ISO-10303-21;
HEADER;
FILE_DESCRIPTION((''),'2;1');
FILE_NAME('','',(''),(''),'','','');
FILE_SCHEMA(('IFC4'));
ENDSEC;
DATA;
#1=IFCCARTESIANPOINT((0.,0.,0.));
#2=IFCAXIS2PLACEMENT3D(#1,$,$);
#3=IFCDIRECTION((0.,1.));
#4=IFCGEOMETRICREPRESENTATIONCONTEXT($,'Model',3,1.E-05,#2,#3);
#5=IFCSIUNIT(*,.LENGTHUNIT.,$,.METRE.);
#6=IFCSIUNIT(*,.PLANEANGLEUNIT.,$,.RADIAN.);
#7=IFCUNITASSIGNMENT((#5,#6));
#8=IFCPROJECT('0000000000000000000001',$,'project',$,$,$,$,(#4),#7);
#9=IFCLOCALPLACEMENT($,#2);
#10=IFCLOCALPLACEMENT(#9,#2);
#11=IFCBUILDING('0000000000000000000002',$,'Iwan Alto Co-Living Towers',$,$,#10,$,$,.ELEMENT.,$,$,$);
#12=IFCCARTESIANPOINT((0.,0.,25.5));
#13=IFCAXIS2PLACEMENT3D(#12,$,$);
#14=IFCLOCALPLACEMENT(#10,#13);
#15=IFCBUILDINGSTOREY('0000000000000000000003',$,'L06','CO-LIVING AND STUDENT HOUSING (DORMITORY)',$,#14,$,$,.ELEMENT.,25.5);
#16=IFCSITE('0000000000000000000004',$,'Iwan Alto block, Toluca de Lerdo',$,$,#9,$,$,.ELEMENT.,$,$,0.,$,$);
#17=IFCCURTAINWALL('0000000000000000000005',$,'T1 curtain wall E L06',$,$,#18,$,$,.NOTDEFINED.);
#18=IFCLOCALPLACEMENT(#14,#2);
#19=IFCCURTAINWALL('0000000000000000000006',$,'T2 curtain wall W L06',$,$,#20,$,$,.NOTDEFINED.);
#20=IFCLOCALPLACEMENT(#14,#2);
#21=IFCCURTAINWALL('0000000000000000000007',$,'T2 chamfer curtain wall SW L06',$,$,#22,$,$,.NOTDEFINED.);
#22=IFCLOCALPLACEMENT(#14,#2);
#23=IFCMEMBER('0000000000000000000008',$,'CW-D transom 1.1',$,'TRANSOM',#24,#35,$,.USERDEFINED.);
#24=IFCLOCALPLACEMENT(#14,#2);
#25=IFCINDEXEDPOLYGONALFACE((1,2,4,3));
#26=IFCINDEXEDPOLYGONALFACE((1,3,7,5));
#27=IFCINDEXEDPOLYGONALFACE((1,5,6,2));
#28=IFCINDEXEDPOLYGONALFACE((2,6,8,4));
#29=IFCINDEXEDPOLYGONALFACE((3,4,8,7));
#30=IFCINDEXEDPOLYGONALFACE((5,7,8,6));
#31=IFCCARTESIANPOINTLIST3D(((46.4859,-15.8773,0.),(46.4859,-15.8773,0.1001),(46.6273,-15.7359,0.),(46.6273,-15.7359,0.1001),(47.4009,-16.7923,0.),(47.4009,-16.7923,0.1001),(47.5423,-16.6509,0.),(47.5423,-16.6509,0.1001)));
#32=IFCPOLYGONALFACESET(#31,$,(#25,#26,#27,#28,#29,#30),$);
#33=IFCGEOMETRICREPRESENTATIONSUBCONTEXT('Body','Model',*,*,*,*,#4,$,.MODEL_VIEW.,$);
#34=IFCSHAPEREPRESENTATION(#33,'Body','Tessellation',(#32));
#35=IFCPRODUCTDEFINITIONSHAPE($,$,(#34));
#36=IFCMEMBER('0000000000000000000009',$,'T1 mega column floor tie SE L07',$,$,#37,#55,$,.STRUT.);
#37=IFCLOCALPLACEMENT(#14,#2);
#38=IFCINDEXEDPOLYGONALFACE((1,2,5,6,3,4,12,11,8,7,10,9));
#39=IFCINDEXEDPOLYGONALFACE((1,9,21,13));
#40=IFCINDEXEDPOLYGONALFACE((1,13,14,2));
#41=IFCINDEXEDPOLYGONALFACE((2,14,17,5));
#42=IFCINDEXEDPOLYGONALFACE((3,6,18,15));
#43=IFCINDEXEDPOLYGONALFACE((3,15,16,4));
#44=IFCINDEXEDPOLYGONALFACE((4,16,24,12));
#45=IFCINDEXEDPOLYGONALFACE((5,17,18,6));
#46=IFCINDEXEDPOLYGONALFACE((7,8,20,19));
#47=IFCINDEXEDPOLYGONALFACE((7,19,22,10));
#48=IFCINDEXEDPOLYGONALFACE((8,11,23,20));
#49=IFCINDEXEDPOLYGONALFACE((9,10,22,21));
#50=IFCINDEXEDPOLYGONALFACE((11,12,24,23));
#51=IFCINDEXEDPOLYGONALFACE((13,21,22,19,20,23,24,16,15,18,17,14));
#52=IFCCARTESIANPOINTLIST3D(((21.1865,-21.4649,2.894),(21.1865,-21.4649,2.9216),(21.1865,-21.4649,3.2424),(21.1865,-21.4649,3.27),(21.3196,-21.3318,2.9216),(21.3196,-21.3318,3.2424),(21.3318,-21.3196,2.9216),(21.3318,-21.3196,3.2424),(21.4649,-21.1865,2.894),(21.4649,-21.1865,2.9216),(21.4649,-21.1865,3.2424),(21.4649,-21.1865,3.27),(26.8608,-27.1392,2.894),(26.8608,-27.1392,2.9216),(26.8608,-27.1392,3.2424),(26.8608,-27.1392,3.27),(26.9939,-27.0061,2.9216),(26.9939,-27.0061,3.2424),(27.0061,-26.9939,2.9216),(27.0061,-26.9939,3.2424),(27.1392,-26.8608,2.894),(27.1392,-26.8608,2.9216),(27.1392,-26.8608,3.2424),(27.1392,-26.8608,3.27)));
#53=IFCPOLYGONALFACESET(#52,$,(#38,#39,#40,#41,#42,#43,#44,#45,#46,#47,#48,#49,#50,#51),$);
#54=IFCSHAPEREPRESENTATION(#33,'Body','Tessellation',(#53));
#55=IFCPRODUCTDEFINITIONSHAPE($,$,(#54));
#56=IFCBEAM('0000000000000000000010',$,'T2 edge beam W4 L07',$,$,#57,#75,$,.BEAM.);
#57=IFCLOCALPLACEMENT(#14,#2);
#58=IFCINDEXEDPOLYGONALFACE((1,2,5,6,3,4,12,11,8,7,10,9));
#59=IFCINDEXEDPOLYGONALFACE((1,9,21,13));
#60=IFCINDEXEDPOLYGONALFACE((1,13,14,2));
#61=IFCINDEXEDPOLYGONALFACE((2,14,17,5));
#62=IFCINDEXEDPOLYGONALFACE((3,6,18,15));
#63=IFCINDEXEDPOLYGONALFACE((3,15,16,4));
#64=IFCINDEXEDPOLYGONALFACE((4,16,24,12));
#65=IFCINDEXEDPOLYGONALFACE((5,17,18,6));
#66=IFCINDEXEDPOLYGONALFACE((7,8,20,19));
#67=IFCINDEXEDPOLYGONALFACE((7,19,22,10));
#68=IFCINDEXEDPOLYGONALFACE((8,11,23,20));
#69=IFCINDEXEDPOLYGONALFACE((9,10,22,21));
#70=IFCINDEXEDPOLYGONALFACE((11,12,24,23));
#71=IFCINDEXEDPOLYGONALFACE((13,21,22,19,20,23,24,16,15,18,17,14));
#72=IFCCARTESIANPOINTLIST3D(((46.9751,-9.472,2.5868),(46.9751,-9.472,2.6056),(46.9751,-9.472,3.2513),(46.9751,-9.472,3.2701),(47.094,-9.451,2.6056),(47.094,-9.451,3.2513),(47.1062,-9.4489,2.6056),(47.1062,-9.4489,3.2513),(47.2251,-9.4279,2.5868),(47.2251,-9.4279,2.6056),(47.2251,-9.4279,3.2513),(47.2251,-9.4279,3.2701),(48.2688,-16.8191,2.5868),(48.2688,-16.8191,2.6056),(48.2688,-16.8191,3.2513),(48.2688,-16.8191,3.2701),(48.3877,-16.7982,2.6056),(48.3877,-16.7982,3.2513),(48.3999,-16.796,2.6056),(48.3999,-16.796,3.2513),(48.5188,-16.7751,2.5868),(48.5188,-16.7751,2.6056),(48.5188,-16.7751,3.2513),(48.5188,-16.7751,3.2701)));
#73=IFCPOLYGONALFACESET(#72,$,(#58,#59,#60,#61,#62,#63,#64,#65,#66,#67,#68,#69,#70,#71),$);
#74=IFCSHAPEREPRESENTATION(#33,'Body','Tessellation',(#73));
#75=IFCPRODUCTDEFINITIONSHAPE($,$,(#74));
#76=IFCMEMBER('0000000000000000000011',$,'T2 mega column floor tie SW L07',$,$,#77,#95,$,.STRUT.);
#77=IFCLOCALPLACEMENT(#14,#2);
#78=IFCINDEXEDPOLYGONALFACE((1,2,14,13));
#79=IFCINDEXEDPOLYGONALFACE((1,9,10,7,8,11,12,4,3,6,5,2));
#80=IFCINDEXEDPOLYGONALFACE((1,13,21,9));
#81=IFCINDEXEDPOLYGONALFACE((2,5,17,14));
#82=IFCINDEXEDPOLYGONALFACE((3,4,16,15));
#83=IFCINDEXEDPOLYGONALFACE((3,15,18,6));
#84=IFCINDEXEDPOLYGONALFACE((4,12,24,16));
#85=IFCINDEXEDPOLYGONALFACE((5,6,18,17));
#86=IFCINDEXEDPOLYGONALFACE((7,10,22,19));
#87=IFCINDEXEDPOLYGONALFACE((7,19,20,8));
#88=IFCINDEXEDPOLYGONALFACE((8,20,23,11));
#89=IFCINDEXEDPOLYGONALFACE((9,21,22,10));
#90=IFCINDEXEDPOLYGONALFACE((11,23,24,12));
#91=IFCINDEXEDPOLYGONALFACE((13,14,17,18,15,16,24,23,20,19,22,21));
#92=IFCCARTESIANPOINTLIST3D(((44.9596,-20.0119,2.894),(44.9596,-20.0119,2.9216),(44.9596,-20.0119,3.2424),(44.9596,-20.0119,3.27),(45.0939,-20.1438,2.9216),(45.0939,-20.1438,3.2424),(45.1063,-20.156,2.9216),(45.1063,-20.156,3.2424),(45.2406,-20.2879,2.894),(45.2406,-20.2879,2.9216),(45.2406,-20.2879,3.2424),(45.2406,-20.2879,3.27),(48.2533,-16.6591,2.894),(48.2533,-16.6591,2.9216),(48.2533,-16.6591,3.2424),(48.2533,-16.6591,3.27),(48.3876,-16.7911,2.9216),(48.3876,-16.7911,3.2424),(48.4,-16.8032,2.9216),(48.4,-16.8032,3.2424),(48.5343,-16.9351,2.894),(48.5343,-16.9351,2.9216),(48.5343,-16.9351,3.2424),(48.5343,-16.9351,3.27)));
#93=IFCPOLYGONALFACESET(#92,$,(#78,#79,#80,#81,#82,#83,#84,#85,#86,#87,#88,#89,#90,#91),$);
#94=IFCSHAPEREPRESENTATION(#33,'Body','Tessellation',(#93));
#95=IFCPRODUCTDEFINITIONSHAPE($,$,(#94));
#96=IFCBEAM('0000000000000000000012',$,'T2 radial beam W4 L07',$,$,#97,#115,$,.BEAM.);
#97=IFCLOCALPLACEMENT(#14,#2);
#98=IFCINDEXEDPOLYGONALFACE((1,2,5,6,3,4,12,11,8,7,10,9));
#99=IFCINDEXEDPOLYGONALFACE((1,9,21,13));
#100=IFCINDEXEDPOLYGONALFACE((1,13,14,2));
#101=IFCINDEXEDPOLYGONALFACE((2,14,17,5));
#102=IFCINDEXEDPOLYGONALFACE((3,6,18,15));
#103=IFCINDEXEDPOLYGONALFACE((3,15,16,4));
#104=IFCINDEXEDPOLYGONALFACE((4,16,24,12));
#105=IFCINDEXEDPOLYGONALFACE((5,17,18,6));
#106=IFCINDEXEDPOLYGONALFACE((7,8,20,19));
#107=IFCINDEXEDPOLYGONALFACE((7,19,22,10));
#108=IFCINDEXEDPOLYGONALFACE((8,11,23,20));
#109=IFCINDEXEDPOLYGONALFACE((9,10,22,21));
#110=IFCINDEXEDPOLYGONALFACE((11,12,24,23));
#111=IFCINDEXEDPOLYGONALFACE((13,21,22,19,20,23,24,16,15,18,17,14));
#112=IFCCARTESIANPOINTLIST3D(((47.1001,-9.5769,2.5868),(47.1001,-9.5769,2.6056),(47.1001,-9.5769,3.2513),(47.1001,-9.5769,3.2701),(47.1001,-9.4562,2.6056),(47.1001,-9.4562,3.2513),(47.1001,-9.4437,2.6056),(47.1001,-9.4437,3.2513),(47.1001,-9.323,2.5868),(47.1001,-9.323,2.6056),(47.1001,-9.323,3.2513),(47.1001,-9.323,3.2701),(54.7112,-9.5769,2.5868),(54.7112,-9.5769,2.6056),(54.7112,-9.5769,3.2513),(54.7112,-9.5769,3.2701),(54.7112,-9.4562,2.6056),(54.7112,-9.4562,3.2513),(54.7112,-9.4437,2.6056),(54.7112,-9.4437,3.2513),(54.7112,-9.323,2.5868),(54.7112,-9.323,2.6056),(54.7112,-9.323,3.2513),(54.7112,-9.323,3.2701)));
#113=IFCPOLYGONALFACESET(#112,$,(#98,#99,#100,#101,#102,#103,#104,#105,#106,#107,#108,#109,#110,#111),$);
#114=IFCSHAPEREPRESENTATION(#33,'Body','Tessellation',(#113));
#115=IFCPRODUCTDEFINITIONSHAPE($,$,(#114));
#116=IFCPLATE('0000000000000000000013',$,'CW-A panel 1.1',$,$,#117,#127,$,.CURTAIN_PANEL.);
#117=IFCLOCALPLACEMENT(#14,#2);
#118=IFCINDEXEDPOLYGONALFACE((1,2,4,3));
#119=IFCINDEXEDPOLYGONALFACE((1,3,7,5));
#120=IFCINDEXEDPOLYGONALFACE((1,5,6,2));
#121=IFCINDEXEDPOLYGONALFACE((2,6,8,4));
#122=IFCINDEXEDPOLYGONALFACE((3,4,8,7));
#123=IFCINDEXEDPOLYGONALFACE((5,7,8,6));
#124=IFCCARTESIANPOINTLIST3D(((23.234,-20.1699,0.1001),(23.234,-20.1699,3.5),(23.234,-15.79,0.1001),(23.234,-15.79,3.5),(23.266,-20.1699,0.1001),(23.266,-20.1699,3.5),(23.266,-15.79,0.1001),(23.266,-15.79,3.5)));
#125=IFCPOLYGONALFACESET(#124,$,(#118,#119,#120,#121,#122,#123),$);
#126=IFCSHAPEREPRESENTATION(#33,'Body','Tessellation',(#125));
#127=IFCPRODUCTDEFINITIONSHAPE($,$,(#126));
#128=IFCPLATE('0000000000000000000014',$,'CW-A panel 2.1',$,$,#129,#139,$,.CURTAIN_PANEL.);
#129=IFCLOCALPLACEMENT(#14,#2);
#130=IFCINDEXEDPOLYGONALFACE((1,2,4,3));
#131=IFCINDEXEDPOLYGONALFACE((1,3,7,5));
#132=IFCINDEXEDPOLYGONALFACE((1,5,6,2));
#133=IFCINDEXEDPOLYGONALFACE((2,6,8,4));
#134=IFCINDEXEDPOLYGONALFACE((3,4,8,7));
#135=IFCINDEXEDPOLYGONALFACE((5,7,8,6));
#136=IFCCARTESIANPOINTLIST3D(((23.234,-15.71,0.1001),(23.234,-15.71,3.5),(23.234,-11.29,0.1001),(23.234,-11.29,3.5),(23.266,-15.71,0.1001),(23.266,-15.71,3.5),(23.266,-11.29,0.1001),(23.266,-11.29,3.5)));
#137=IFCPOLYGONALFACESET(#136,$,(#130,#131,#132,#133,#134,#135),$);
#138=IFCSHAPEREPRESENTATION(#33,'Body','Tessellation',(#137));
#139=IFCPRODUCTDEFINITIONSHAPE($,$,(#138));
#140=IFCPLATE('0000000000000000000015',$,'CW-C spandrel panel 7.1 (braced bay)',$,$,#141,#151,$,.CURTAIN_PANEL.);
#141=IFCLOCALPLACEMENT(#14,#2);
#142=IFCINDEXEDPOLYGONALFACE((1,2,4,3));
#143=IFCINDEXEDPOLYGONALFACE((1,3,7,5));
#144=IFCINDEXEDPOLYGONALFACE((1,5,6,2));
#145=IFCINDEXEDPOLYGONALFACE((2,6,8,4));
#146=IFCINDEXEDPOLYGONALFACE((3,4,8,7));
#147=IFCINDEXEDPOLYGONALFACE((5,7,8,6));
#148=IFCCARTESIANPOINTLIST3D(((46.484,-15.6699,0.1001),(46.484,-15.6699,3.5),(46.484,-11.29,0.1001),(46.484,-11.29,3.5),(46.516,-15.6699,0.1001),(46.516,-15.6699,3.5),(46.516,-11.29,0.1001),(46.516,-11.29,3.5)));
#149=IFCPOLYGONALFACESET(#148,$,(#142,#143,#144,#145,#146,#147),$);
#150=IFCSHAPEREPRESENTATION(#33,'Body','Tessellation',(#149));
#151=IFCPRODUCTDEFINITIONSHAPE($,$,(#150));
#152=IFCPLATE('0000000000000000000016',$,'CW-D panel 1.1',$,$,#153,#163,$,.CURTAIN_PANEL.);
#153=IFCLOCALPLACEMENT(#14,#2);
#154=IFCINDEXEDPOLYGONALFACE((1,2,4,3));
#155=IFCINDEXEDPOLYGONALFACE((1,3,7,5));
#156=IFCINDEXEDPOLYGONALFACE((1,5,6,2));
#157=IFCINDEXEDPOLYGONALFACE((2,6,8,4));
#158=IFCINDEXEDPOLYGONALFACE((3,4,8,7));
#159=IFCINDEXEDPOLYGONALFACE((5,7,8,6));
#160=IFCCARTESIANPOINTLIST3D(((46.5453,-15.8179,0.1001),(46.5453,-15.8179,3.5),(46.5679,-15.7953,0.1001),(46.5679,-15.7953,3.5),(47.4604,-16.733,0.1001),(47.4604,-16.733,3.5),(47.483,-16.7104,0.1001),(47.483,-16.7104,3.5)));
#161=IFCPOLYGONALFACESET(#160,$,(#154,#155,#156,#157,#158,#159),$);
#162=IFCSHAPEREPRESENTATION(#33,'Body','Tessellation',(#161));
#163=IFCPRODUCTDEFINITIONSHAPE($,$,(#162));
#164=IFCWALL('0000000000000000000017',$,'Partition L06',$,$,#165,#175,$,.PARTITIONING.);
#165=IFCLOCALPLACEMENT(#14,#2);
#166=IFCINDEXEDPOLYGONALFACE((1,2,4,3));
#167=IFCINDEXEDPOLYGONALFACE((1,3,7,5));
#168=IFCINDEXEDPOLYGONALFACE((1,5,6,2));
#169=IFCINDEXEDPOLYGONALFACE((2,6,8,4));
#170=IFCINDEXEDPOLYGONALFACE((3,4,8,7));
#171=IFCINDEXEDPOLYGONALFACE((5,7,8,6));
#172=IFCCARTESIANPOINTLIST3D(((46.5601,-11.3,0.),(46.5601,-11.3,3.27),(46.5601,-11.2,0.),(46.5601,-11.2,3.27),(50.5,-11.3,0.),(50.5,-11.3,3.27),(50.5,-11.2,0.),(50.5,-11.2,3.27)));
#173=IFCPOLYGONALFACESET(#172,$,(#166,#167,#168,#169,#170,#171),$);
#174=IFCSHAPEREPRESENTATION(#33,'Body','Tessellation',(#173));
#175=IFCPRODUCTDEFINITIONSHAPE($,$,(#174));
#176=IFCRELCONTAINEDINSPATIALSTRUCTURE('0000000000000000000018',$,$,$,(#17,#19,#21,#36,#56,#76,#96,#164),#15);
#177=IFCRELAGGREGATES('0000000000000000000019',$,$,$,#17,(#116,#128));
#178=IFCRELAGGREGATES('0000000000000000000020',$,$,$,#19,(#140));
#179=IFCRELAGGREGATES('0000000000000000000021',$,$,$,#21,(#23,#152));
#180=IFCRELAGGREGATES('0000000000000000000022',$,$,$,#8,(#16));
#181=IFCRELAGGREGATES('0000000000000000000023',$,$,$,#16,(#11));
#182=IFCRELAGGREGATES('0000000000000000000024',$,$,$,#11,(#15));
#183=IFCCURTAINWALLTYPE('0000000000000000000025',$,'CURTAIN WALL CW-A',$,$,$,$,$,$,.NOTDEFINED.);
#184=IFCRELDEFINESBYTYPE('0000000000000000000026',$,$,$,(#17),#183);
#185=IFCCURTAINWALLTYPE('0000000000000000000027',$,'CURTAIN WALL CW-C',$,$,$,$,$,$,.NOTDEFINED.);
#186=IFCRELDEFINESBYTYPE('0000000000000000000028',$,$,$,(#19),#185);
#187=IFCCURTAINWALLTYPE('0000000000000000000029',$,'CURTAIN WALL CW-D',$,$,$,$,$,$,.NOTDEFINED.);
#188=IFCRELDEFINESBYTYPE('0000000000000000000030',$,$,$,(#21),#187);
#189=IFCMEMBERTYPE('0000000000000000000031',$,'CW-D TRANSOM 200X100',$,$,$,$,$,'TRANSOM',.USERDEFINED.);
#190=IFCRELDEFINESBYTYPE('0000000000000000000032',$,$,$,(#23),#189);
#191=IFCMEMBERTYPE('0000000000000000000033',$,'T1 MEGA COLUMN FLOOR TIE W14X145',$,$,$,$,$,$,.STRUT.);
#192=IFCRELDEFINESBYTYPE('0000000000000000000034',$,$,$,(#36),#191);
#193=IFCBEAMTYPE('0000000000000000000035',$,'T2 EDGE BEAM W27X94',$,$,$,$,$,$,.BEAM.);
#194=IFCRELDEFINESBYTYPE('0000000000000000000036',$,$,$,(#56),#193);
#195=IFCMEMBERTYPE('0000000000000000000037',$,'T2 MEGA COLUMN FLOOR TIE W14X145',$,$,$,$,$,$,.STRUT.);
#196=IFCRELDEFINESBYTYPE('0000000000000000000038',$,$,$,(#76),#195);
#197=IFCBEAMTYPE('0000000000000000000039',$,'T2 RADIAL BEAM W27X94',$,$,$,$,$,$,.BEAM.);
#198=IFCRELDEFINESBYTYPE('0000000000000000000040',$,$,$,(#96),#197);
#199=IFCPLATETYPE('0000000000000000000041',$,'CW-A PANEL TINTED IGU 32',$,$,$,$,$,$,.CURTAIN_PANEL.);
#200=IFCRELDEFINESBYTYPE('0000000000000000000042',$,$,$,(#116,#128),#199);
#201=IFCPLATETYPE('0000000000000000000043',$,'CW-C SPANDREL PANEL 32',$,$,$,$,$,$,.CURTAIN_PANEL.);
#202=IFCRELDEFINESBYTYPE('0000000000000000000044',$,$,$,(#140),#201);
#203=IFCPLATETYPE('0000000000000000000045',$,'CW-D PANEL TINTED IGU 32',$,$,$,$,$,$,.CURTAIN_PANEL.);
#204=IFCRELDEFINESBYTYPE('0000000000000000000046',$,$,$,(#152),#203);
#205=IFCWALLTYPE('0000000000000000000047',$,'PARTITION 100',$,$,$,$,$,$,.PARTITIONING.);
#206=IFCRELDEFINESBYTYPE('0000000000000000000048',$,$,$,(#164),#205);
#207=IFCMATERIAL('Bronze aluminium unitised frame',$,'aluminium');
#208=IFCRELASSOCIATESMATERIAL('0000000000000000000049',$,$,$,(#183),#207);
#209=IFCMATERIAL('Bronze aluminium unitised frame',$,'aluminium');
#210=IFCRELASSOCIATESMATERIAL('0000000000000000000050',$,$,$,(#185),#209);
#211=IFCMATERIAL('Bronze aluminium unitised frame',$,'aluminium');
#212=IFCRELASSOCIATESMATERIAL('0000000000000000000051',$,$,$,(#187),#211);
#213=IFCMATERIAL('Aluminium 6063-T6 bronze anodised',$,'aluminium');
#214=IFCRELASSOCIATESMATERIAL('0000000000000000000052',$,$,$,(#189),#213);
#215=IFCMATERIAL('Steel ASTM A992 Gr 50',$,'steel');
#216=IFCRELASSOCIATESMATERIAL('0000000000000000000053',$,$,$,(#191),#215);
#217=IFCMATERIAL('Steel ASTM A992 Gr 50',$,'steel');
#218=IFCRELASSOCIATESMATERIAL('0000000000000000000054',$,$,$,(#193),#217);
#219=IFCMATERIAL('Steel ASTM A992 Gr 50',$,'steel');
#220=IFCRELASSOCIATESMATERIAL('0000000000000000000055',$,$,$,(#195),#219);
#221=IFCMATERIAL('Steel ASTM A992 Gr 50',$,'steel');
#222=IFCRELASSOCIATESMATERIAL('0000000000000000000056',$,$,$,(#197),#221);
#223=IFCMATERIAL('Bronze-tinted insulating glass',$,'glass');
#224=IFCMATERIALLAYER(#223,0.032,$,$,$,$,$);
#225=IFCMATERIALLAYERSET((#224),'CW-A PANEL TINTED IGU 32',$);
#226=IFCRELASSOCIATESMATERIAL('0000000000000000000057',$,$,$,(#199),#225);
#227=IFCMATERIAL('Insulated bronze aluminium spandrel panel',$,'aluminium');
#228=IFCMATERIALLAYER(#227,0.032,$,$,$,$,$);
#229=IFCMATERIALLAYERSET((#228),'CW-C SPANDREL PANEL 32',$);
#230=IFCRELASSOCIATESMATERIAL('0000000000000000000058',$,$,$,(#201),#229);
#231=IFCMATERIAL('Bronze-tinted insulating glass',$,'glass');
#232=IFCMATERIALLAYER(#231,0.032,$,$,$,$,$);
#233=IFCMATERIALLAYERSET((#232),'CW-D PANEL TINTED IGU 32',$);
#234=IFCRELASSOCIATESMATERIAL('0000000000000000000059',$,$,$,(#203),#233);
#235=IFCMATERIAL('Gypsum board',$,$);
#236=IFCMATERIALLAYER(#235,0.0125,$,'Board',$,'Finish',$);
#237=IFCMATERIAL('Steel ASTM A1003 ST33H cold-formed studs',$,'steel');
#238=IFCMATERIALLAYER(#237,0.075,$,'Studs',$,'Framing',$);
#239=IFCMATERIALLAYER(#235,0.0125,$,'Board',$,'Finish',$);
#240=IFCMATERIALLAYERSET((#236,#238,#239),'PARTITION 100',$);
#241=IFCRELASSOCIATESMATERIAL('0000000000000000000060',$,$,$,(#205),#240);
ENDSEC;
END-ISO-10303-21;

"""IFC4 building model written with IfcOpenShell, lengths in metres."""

from ifc_helpers import new_model, si_unit, direction, frame, frame_2d, origin, origin_2d, place, context, subcontext, project, spatial, rectangle, i_section, extrude, material, layer, layer_set, material_profile, profile_set, type_object, element, aggregate, save


model = new_model("IFC4")

# Units and contexts
model_context = context("Model", 3, precision=1e-05, world=origin(), true_north=direction((0.0, 1.0)))
body_context = subcontext(model_context, "Body", "Model", "MODEL_VIEW")
ifc_project = project(units=[si_unit("LENGTHUNIT", "METRE"), si_unit("PLANEANGLEUNIT", "RADIAN")], contexts=[model_context])

# Site, building, storey
site_placement = place(None, origin())
site = spatial("IfcSite", under=ifc_project, at=site_placement, Name="Iwan Alto block, Toluca de Lerdo", CompositionType="ELEMENT", RefElevation=0.0)
building_placement = place(site_placement, origin())
building = spatial("IfcBuilding", under=site, at=building_placement, Name="Iwan Alto Co-Living Towers", CompositionType="ELEMENT")
storey_placement = place(building_placement, frame((0.0, 0.0, 25.5)))
storey = spatial("IfcBuildingStorey", under=building, at=storey_placement, Name="L06", Description="CO-LIVING AND STUDENT HOUSING (DORMITORY)", CompositionType="ELEMENT", Elevation=25.5)

# Curtain walls, member
ifc_material_1 = material(Name="Bronze aluminium unitised frame", Category="aluminium")
curtain_wall_type_1 = type_object("IfcCurtainWallType", Name="CURTAIN WALL CW-A", PredefinedType="NOTDEFINED", material=ifc_material_1)
curtain_wall_1_placement = place(storey_placement, origin())
curtain_wall_1 = element("IfcCurtainWall", 1, at=curtain_wall_1_placement, inside=storey, type_object=curtain_wall_type_1, Name="T1 curtain wall E L06", PredefinedType="NOTDEFINED")
ifc_material_2 = material(Name="Bronze aluminium unitised frame", Category="aluminium")
curtain_wall_type_2 = type_object("IfcCurtainWallType", Name="CURTAIN WALL CW-C", PredefinedType="NOTDEFINED", material=ifc_material_2)
curtain_wall_2_placement = place(storey_placement, origin())
curtain_wall_2 = element("IfcCurtainWall", 2, at=curtain_wall_2_placement, inside=storey, type_object=curtain_wall_type_2, Name="T2 curtain wall W L06", PredefinedType="NOTDEFINED")
ifc_material_3 = material(Name="Bronze aluminium unitised frame", Category="aluminium")
curtain_wall_type_3 = type_object("IfcCurtainWallType", Name="CURTAIN WALL CW-D", PredefinedType="NOTDEFINED", material=ifc_material_3)
curtain_wall_3_placement = place(storey_placement, origin())
curtain_wall_3 = element("IfcCurtainWall", 3, at=curtain_wall_3_placement, inside=storey, type_object=curtain_wall_type_3, Name="T2 chamfer curtain wall SW L06", PredefinedType="NOTDEFINED")
ifc_material_4 = material(Name="Aluminium 6063-T6 bronze anodised", Category="aluminium")
ifc_material_profile_1 = material_profile(ifc_material_4, rectangle(XDim=0.2, YDim=0.1001, at=origin_2d()), Name="AL 200X100")
ifc_profile_set_1 = profile_set([ifc_material_profile_1], Name="Aluminium 6063-T6 bronze anodised")
member_type_1 = type_object("IfcMemberType", Name="CW-D TRANSOM 200X100", ElementType="TRANSOM", PredefinedType="USERDEFINED", material=ifc_profile_set_1)
member_1_placement = place(storey_placement, frame((46.5566, -15.8066, 0.05), z_axis=(0.707107, -0.707107, 0.0), x_axis=(0.707107, 0.707107, 0.0)))
member_1 = element("IfcMember", 4, at=member_1_placement, type_object=member_type_1, Name="CW-D transom 1.1", ObjectType="TRANSOM", PredefinedType="USERDEFINED", context=body_context, shape_type="SweptSolid", body=[
    extrude(rectangle(XDim=0.2, YDim=0.1001, at=origin_2d()), origin(), (0.0, 0.0, 1.0), 1.2939),
])

# Member
ifc_material_5 = material(Name="Steel ASTM A992 Gr 50", Category="steel")
ifc_material_profile_2 = material_profile(ifc_material_5, i_section(OverallWidth=0.3938, OverallDepth=0.376, WebThickness=0.0173, FlangeThickness=0.0276, at=origin_2d()), Name="W14X145")
ifc_profile_set_2 = profile_set([ifc_material_profile_2], Name="Steel ASTM A992 Gr 50")
member_type_2 = type_object("IfcMemberType", Name="T1 MEGA COLUMN FLOOR TIE W14X145", PredefinedType="STRUT", material=ifc_profile_set_2)
member_2_placement = place(storey_placement, frame((27.0, -27.0, 3.082), z_axis=(-0.707107, 0.707107, 0.0), x_axis=(-0.707107, -0.707107, 0.0)))
element("IfcMember", 5, at=member_2_placement, inside=storey, type_object=member_type_2, Name="T1 mega column floor tie SE L07", PredefinedType="STRUT", context=body_context, shape_type="SweptSolid", body=[
    extrude(i_section(OverallWidth=0.3938, OverallDepth=0.376, WebThickness=0.0173, FlangeThickness=0.0276, at=origin_2d()), origin(), (0.0, 0.0, 1.0), 8.0247),
])

# Beam
ifc_material_6 = material(Name="Steel ASTM A992 Gr 50", Category="steel")
ifc_material_profile_3 = material_profile(ifc_material_6, i_section(OverallWidth=0.2539, OverallDepth=0.6833, WebThickness=0.0125, FlangeThickness=0.0188, at=origin_2d()), Name="W27X94")
ifc_profile_set_3 = profile_set([ifc_material_profile_3], Name="Steel ASTM A992 Gr 50")
beam_type_1 = type_object("IfcBeamType", Name="T2 EDGE BEAM W27X94", PredefinedType="BEAM", material=ifc_profile_set_3)
beam_1_placement = place(storey_placement, frame((47.1001, -9.45, 2.9285), z_axis=(0.173414, -0.984849, 0.0), x_axis=(0.984849, 0.173414, 0.0)))
element("IfcBeam", 6, at=beam_1_placement, inside=storey, type_object=beam_type_1, Name="T2 edge beam W4 L07", PredefinedType="BEAM", context=body_context, shape_type="SweptSolid", body=[
    extrude(i_section(OverallWidth=0.2539, OverallDepth=0.6833, WebThickness=0.0125, FlangeThickness=0.0188, at=origin_2d()), origin(), (0.0, 0.0, 1.0), 7.4602),
])

# Member
ifc_material_7 = material(Name="Steel ASTM A992 Gr 50", Category="steel")
ifc_material_profile_4 = material_profile(ifc_material_7, i_section(OverallWidth=0.3938, OverallDepth=0.376, WebThickness=0.0173, FlangeThickness=0.0276, at=origin_2d()), Name="W14X145")
ifc_profile_set_4 = profile_set([ifc_material_profile_4], Name="Steel ASTM A992 Gr 50")
member_type_3 = type_object("IfcMemberType", Name="T2 MEGA COLUMN FLOOR TIE W14X145", PredefinedType="STRUT", material=ifc_profile_set_4)
member_3_placement = place(storey_placement, frame((45.1001, -20.1499, 3.082), z_axis=(0.700793, 0.713364, 0.0), x_axis=(-0.713364, 0.700793, 0.0)))
element("IfcMember", 7, at=member_3_placement, inside=storey, type_object=member_type_3, Name="T2 mega column floor tie SW L07", PredefinedType="STRUT", context=body_context, shape_type="SweptSolid", body=[
    extrude(i_section(OverallWidth=0.3938, OverallDepth=0.376, WebThickness=0.0173, FlangeThickness=0.0276, at=origin_2d()), origin(), (0.0, 0.0, 1.0), 4.7),
])

# Beam
ifc_material_8 = material(Name="Steel ASTM A992 Gr 50", Category="steel")
ifc_material_profile_5 = material_profile(ifc_material_8, i_section(OverallWidth=0.2539, OverallDepth=0.6833, WebThickness=0.0125, FlangeThickness=0.0188, at=origin_2d()), Name="W27X94")
ifc_profile_set_5 = profile_set([ifc_material_profile_5], Name="Steel ASTM A992 Gr 50")
beam_type_2 = type_object("IfcBeamType", Name="T2 RADIAL BEAM W27X94", PredefinedType="BEAM", material=ifc_profile_set_5)
beam_2_placement = place(storey_placement, frame((47.1001, -9.45, 2.9285), z_axis=(1.0, 0.0, 0.0), x_axis=(0.0, 1.0, 0.0)))
element("IfcBeam", 8, at=beam_2_placement, inside=storey, type_object=beam_type_2, Name="T2 radial beam W4 L07", PredefinedType="BEAM", context=body_context, shape_type="SweptSolid", body=[
    extrude(i_section(OverallWidth=0.2539, OverallDepth=0.6833, WebThickness=0.0125, FlangeThickness=0.0188, at=origin_2d()), origin(), (0.0, 0.0, 1.0), 7.6111),
])

# Plates
ifc_material_9 = material(Name="Bronze-tinted insulating glass", Category="glass")
ifc_layer_1 = layer(ifc_material_9, 0.032)
ifc_layer_set_1 = layer_set([ifc_layer_1], Name="CW-A PANEL TINTED IGU 32")
plate_type_1 = type_object("IfcPlateType", Name="CW-A PANEL TINTED IGU 32", PredefinedType="CURTAIN_PANEL", material=ifc_layer_set_1)
plate_1_placement = place(storey_placement, frame((23.25, -17.98, 0.1001), z_axis=(0.0, 0.0, 1.0), x_axis=(0.0, 1.0, 0.0)))
plate_1 = element("IfcPlate", 9, at=plate_1_placement, type_object=plate_type_1, Name="CW-A panel 1.1", PredefinedType="CURTAIN_PANEL", context=body_context, shape_type="SweptSolid", body=[
    extrude(rectangle(XDim=4.3799, YDim=0.032, at=origin_2d()), origin(), (0.0, 0.0, 1.0), 3.3999),
])
plate_2_placement = place(storey_placement, frame((23.25, -13.5, 0.1001), z_axis=(0.0, 0.0, 1.0), x_axis=(0.0, 1.0, 0.0)))
plate_2 = element("IfcPlate", 10, at=plate_2_placement, type_object=plate_type_1, Name="CW-A panel 2.1", PredefinedType="CURTAIN_PANEL", context=body_context, shape_type="SweptSolid", body=[
    extrude(rectangle(XDim=4.4199, YDim=0.032, at=origin_2d()), origin(), (0.0, 0.0, 1.0), 3.3999),
])
aggregate(curtain_wall_1, [plate_1, plate_2])
ifc_material_10 = material(Name="Insulated bronze aluminium spandrel panel", Category="aluminium")
ifc_layer_2 = layer(ifc_material_10, 0.032)
ifc_layer_set_2 = layer_set([ifc_layer_2], Name="CW-C SPANDREL PANEL 32")
plate_type_2 = type_object("IfcPlateType", Name="CW-C SPANDREL PANEL 32", PredefinedType="CURTAIN_PANEL", material=ifc_layer_set_2)
plate_3_placement = place(storey_placement, frame((46.5, -13.48, 0.1001), z_axis=(0.0, 0.0, 1.0), x_axis=(0.0, -1.0, 0.0)))
plate_3 = element("IfcPlate", 11, at=plate_3_placement, type_object=plate_type_2, Name="CW-C spandrel panel 7.1 (braced bay)", PredefinedType="CURTAIN_PANEL", context=body_context, shape_type="SweptSolid", body=[
    extrude(rectangle(XDim=4.3799, YDim=0.032, at=origin_2d()), origin(), (0.0, 0.0, 1.0), 3.3999),
])
aggregate(curtain_wall_2, [plate_3])
ifc_material_11 = material(Name="Bronze-tinted insulating glass", Category="glass")
ifc_layer_3 = layer(ifc_material_11, 0.032)
ifc_layer_set_3 = layer_set([ifc_layer_3], Name="CW-D PANEL TINTED IGU 32")
plate_type_3 = type_object("IfcPlateType", Name="CW-D PANEL TINTED IGU 32", PredefinedType="CURTAIN_PANEL", material=ifc_layer_set_3)
plate_4_placement = place(storey_placement, frame((47.0142, -16.2642, 0.1001), z_axis=(0.0, 0.0, 1.0), x_axis=(0.707107, -0.707107, 0.0)))
plate_4 = element("IfcPlate", 12, at=plate_4_placement, type_object=plate_type_3, Name="CW-D panel 1.1", PredefinedType="CURTAIN_PANEL", context=body_context, shape_type="SweptSolid", body=[
    extrude(rectangle(XDim=1.2942, YDim=0.032, at=origin_2d()), origin(), (0.0, 0.0, 1.0), 3.3999),
])
aggregate(curtain_wall_3, [member_1, plate_4])

# Wall
ifc_material_12 = material(Name="Gypsum board")
ifc_layer_4 = layer(ifc_material_12, 0.0125, Name="Board", Category="Finish")
ifc_material_13 = material(Name="Steel ASTM A1003 ST33H cold-formed studs", Category="steel")
ifc_layer_5 = layer(ifc_material_13, 0.075, Name="Studs", Category="Framing")
ifc_layer_6 = layer(ifc_material_12, 0.0125, Name="Board", Category="Finish")
ifc_layer_set_4 = layer_set([ifc_layer_4, ifc_layer_5, ifc_layer_6], Name="PARTITION 100")
wall_type = type_object("IfcWallType", Name="PARTITION 100", PredefinedType="PARTITIONING", material=ifc_layer_set_4)
wall_placement = place(storey_placement, frame((46.5601, -11.25, 0.0), z_axis=(0.0, 0.0, 1.0), x_axis=(1.0, 0.0, 0.0)))
element("IfcWall", 13, at=wall_placement, inside=storey, type_object=wall_type, Name="Partition L06", PredefinedType="PARTITIONING", context=body_context, shape_type="SweptSolid", body=[
    extrude(rectangle(XDim=3.9399, YDim=0.1001, at=frame_2d((1.97, 0.0))), origin(), (0.0, 0.0, 1.0), 3.27),
])

save(model, "model.ifc")
